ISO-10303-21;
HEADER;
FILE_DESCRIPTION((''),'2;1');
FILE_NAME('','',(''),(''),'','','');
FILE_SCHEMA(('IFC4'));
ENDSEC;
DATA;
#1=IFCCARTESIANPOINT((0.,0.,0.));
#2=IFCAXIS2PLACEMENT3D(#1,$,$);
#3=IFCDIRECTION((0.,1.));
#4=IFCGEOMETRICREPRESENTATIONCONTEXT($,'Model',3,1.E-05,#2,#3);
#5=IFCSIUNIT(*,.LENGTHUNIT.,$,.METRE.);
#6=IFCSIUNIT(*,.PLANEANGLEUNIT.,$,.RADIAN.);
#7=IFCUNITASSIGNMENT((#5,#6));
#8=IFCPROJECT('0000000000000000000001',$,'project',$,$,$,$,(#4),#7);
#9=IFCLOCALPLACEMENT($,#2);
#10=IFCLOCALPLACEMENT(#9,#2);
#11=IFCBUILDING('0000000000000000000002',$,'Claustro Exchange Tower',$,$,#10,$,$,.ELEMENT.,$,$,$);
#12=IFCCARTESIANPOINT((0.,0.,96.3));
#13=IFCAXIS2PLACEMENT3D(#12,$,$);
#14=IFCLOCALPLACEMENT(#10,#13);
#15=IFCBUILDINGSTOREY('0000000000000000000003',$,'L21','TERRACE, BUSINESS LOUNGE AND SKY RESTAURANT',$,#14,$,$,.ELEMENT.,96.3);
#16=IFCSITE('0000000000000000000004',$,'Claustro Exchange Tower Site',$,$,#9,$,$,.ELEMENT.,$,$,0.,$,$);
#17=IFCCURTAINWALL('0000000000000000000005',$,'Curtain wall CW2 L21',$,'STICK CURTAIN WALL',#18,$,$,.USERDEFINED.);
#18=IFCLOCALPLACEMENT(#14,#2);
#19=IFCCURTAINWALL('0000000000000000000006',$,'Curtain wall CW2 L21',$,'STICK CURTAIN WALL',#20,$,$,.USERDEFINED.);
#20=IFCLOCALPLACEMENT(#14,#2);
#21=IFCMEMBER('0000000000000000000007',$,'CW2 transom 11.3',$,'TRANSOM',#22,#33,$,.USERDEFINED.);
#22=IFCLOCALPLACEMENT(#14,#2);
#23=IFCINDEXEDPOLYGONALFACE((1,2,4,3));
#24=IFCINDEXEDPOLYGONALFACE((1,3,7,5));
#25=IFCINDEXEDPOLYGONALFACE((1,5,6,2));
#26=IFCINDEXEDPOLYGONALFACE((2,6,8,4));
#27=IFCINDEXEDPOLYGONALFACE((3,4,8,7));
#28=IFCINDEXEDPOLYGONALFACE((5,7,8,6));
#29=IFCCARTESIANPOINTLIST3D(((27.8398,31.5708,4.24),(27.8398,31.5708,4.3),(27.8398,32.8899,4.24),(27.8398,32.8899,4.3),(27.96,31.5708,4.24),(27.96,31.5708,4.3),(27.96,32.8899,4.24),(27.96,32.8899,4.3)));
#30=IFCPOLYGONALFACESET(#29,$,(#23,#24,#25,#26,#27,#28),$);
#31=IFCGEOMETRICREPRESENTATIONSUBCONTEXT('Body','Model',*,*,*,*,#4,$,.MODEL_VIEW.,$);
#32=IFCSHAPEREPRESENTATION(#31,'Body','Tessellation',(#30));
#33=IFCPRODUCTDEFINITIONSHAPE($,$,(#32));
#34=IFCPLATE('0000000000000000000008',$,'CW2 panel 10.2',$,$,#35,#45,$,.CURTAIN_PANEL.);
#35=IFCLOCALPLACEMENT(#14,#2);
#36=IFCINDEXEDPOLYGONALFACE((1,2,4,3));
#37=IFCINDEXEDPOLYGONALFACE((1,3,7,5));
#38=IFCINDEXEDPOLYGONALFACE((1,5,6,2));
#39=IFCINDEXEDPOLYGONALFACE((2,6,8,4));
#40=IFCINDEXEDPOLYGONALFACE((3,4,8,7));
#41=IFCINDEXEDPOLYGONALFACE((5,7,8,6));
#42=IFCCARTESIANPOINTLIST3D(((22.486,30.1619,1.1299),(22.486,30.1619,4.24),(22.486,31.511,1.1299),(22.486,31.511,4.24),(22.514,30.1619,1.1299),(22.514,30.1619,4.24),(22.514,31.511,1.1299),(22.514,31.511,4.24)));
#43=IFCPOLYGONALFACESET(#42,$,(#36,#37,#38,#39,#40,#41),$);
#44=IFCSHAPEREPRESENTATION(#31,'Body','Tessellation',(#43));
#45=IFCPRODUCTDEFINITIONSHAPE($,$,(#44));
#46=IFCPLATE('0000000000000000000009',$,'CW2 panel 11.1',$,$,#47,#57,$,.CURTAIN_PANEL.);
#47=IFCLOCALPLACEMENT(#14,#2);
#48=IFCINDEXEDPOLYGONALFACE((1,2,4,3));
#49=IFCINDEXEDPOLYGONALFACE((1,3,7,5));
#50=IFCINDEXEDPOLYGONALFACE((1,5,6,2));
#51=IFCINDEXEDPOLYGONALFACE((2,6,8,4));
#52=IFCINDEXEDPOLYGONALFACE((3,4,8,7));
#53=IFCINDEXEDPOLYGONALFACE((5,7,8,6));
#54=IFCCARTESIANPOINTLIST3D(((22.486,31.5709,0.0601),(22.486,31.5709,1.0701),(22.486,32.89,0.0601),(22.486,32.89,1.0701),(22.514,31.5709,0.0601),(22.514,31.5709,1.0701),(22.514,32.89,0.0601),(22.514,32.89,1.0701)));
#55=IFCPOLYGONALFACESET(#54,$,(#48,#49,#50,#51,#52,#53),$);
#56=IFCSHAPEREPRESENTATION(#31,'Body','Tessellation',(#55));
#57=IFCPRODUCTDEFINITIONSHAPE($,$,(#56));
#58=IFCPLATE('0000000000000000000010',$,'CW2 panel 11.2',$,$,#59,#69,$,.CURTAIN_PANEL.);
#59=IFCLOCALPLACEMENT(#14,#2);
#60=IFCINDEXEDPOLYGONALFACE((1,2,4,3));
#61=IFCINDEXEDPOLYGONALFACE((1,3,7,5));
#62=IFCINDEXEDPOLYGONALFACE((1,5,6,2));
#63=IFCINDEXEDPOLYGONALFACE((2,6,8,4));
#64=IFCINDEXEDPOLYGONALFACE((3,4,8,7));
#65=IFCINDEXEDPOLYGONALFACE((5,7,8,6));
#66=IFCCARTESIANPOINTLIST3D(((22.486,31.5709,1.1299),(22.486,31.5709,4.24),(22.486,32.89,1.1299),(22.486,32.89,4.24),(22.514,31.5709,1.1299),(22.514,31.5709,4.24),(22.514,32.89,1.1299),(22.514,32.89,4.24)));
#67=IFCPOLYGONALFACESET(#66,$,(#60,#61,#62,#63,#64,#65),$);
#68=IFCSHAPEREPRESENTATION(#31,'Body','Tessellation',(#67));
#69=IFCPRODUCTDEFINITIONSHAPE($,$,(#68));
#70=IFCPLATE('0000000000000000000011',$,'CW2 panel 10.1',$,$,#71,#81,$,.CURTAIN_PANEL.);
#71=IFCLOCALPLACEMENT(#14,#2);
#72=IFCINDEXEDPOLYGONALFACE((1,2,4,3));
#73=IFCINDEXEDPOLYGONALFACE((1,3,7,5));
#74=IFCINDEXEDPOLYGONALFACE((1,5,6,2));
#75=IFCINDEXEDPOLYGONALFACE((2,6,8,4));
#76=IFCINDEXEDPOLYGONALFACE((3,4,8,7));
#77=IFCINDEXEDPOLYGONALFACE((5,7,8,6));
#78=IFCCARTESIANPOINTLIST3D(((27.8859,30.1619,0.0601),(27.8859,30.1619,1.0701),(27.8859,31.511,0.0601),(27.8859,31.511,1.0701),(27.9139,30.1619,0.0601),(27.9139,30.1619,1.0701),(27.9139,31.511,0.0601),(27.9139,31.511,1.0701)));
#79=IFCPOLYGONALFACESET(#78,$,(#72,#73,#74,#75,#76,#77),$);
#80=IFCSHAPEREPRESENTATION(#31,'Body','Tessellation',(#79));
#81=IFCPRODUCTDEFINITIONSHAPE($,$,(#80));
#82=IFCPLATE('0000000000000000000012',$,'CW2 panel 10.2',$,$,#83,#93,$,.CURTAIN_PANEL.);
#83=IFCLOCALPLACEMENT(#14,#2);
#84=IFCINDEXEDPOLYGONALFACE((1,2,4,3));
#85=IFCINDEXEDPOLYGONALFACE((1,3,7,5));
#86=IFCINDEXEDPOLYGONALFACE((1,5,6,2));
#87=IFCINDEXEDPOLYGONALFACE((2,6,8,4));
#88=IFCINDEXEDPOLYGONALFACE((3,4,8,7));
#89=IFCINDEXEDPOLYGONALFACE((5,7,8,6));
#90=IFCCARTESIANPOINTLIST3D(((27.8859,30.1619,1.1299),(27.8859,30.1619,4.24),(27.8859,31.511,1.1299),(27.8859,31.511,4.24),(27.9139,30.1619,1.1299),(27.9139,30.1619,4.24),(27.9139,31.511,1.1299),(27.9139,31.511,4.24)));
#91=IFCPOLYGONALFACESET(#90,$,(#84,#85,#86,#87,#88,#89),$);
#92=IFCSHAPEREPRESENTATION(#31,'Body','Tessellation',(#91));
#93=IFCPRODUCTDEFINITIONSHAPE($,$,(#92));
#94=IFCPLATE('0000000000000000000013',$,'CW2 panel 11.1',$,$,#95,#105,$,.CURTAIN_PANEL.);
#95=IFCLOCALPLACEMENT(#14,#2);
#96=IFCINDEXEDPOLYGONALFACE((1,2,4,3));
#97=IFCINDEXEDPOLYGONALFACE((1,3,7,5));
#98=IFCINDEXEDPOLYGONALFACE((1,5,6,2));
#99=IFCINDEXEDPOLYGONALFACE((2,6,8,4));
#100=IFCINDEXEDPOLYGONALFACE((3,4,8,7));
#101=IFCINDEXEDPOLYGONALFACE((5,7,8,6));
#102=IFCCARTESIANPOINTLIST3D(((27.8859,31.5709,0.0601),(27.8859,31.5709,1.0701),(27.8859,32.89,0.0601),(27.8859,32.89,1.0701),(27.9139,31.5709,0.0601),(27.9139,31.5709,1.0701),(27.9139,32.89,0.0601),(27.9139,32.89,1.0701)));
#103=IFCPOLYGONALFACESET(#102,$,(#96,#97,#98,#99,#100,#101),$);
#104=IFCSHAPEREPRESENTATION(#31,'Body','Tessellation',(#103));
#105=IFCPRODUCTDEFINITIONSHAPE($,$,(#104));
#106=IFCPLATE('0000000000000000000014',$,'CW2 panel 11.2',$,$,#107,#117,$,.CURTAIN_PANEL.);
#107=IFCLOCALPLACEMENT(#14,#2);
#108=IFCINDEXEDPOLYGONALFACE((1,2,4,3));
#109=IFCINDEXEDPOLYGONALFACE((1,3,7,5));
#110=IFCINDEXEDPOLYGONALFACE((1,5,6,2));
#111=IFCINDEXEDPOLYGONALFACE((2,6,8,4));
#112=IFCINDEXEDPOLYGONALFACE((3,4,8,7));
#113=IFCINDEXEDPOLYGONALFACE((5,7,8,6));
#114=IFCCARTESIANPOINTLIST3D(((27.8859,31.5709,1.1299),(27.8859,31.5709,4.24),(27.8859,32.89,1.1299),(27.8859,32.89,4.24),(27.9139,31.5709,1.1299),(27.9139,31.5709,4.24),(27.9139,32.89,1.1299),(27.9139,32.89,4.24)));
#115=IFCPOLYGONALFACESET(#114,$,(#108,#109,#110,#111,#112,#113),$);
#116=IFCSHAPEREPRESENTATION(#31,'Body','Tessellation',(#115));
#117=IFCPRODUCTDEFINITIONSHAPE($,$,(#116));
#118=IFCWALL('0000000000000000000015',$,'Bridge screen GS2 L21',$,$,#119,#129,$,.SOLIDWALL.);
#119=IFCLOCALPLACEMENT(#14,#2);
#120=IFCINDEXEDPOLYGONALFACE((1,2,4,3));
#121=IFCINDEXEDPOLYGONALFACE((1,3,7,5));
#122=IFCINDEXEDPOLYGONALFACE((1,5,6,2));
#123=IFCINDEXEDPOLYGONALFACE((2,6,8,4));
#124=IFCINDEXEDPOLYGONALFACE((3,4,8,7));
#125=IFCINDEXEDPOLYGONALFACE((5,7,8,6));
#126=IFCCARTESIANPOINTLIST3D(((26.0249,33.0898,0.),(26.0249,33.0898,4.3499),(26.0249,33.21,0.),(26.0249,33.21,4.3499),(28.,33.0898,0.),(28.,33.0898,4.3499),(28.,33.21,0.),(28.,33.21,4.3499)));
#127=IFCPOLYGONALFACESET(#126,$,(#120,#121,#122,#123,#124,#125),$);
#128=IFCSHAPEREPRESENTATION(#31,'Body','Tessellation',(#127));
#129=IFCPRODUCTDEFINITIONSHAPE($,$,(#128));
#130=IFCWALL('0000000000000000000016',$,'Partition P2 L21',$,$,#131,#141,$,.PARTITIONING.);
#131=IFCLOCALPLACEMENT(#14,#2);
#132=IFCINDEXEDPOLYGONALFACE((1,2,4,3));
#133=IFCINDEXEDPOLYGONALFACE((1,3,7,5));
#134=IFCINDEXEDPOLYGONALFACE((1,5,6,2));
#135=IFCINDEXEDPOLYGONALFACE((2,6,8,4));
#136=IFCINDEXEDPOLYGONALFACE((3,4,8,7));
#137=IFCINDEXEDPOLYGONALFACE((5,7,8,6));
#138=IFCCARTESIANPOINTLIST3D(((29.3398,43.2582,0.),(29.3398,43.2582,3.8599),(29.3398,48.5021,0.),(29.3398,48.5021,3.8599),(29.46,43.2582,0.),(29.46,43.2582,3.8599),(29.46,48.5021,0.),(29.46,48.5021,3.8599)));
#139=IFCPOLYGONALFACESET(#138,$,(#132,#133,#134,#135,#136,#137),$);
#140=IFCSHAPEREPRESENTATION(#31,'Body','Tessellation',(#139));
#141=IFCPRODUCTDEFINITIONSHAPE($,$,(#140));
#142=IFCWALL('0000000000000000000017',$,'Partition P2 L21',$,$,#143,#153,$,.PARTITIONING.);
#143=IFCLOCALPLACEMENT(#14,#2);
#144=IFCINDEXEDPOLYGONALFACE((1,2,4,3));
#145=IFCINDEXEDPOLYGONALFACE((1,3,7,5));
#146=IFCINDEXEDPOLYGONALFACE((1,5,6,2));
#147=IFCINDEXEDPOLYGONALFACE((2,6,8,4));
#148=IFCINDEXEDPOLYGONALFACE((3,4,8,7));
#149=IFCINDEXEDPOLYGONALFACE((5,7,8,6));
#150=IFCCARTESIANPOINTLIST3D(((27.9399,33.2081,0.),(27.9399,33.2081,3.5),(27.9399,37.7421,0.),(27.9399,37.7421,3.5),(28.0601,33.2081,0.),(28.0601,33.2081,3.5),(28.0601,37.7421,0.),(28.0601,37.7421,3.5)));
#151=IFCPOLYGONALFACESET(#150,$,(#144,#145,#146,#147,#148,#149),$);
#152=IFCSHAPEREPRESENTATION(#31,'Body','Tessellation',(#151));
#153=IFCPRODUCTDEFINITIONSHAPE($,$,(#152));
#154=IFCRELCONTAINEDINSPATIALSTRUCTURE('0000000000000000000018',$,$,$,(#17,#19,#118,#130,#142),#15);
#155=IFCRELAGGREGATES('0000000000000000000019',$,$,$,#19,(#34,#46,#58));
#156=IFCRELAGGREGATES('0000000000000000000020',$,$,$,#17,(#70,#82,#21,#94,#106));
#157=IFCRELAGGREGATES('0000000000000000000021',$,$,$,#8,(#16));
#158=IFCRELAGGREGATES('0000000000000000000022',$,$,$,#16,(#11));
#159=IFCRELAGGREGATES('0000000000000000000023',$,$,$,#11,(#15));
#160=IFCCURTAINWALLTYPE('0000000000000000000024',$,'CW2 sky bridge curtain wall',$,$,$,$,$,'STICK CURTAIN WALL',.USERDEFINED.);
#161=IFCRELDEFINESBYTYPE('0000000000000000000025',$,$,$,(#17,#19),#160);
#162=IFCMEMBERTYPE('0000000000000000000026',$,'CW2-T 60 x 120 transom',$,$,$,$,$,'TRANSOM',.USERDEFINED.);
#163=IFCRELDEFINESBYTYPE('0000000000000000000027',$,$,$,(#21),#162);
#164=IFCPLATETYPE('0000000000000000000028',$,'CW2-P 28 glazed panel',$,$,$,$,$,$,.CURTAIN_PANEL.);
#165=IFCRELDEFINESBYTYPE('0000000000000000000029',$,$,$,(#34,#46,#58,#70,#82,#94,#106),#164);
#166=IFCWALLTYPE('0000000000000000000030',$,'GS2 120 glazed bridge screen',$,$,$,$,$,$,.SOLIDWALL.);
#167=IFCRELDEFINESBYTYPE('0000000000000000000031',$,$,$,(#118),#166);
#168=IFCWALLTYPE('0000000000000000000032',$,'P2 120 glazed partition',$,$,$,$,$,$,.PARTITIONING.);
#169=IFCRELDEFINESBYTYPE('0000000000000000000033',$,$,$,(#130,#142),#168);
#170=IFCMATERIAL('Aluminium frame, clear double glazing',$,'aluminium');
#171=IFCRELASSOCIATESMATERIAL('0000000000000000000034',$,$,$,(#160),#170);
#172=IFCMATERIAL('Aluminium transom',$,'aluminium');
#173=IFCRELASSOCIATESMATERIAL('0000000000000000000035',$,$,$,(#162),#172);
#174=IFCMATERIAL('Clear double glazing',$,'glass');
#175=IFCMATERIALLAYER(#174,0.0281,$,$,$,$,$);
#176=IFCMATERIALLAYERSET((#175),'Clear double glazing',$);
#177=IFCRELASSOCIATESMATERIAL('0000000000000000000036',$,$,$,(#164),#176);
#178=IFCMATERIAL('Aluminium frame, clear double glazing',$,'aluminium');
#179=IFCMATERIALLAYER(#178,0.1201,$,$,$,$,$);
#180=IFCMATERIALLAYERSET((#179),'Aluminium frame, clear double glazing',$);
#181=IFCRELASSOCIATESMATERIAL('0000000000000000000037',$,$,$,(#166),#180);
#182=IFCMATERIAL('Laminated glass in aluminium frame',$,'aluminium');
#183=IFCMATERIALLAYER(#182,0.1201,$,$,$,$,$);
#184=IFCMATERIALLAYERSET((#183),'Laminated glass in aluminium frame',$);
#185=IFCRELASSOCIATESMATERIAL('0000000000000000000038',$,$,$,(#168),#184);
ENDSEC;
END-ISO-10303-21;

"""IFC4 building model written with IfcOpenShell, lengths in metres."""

from ifc_helpers import new_model, si_unit, direction, frame, frame_2d, origin, origin_2d, place, context, subcontext, project, spatial, rectangle, extrude, material, layer, layer_set, material_profile, profile_set, type_object, element, aggregate, save


model = new_model("IFC4")

# Units and contexts
model_context = context("Model", 3, precision=1e-05, world=origin(), true_north=direction((0.0, 1.0)))
body_context = subcontext(model_context, "Body", "Model", "MODEL_VIEW")
ifc_project = project(units=[si_unit("LENGTHUNIT", "METRE"), si_unit("PLANEANGLEUNIT", "RADIAN")], contexts=[model_context])

# Site, building, storey
site_placement = place(None, origin())
site = spatial("IfcSite", under=ifc_project, at=site_placement, Name="Claustro Exchange Tower Site", CompositionType="ELEMENT", RefElevation=0.0)
building_placement = place(site_placement, origin())
building = spatial("IfcBuilding", under=site, at=building_placement, Name="Claustro Exchange Tower", CompositionType="ELEMENT")
storey_placement = place(building_placement, frame((0.0, 0.0, 96.3)))
storey = spatial("IfcBuildingStorey", under=building, at=storey_placement, Name="L21", Description="TERRACE, BUSINESS LOUNGE AND SKY RESTAURANT", CompositionType="ELEMENT", Elevation=96.3)

# Curtain walls
ifc_material_1 = material(Name="Aluminium frame, clear double glazing", Category="aluminium")
curtain_wall_type = type_object("IfcCurtainWallType", Name="CW2 sky bridge curtain wall", ElementType="STICK CURTAIN WALL", PredefinedType="USERDEFINED", material=ifc_material_1)
curtain_wall_1_placement = place(storey_placement, origin())
curtain_wall_1 = element("IfcCurtainWall", 1, at=curtain_wall_1_placement, inside=storey, type_object=curtain_wall_type, Name="Curtain wall CW2 L21", ObjectType="STICK CURTAIN WALL", PredefinedType="USERDEFINED")
curtain_wall_2_placement = place(storey_placement, origin())
curtain_wall_2 = element("IfcCurtainWall", 2, at=curtain_wall_2_placement, inside=storey, type_object=curtain_wall_type, Name="Curtain wall CW2 L21", ObjectType="STICK CURTAIN WALL", PredefinedType="USERDEFINED")
ifc_material_2 = material(Name="Aluminium transom", Category="aluminium")
ifc_material_profile_1 = material_profile(ifc_material_2, rectangle(XDim=0.1201, YDim=0.0601, at=origin_2d()), Name="CW2-T 60x120")
ifc_profile_set_1 = profile_set([ifc_material_profile_1], Name="Aluminium transom")
member_type_1 = type_object("IfcMemberType", Name="CW2-T 60 x 120 transom", ElementType="TRANSOM", PredefinedType="USERDEFINED", material=ifc_profile_set_1)

# Member
member_1_placement = place(storey_placement, frame((27.8999, 31.5708, 4.27), z_axis=(0.0, 1.0, 0.0), x_axis=(-1.0, 0.0, 0.0)))
member_1 = element("IfcMember", 3, at=member_1_placement, type_object=member_type_1, Name="CW2 transom 11.3", ObjectType="TRANSOM", PredefinedType="USERDEFINED", context=body_context, shape_type="SweptSolid", body=[
    extrude(rectangle(XDim=0.1201, YDim=0.0601, at=origin_2d()), origin(), (0.0, 0.0, 1.0), 1.3191),
])

# Plates
ifc_material_3 = material(Name="Clear double glazing", Category="glass")
ifc_layer_1 = layer(ifc_material_3, 0.0281)
ifc_layer_set_1 = layer_set([ifc_layer_1], Name="Clear double glazing")
plate_type = type_object("IfcPlateType", Name="CW2-P 28 glazed panel", PredefinedType="CURTAIN_PANEL", material=ifc_layer_set_1)
plate_1_placement = place(storey_placement, frame((22.5, 30.8364, 1.1299), z_axis=(0.0, 0.0, 1.0), x_axis=(0.0, 1.0, 0.0)))
plate_1 = element("IfcPlate", 4, at=plate_1_placement, type_object=plate_type, Name="CW2 panel 10.2", PredefinedType="CURTAIN_PANEL", context=body_context, shape_type="SweptSolid", body=[
    extrude(rectangle(XDim=1.3491, YDim=0.0281, at=origin_2d()), origin(), (0.0, 0.0, 1.0), 3.1101),
])
plate_2_placement = place(storey_placement, frame((22.5, 32.2305, 0.0601), z_axis=(0.0, 0.0, 1.0), x_axis=(0.0, 1.0, 0.0)))
plate_2 = element("IfcPlate", 5, at=plate_2_placement, type_object=plate_type, Name="CW2 panel 11.1", PredefinedType="CURTAIN_PANEL", context=body_context, shape_type="SweptSolid", body=[
    extrude(rectangle(XDim=1.3191, YDim=0.0281, at=origin_2d()), origin(), (0.0, 0.0, 1.0), 1.01),
])
plate_3_placement = place(storey_placement, frame((22.5, 32.2305, 1.1299), z_axis=(0.0, 0.0, 1.0), x_axis=(0.0, 1.0, 0.0)))
plate_3 = element("IfcPlate", 6, at=plate_3_placement, type_object=plate_type, Name="CW2 panel 11.2", PredefinedType="CURTAIN_PANEL", context=body_context, shape_type="SweptSolid", body=[
    extrude(rectangle(XDim=1.3191, YDim=0.0281, at=origin_2d()), origin(), (0.0, 0.0, 1.0), 3.1101),
])
aggregate(curtain_wall_2, [plate_1, plate_2, plate_3])
plate_4_placement = place(storey_placement, frame((27.8999, 30.8364, 0.0601), z_axis=(0.0, 0.0, 1.0), x_axis=(0.0, 1.0, 0.0)))
plate_4 = element("IfcPlate", 7, at=plate_4_placement, type_object=plate_type, Name="CW2 panel 10.1", PredefinedType="CURTAIN_PANEL", context=body_context, shape_type="SweptSolid", body=[
    extrude(rectangle(XDim=1.3491, YDim=0.0281, at=origin_2d()), origin(), (0.0, 0.0, 1.0), 1.01),
])
plate_5_placement = place(storey_placement, frame((27.8999, 30.8364, 1.1299), z_axis=(0.0, 0.0, 1.0), x_axis=(0.0, 1.0, 0.0)))
plate_5 = element("IfcPlate", 8, at=plate_5_placement, type_object=plate_type, Name="CW2 panel 10.2", PredefinedType="CURTAIN_PANEL", context=body_context, shape_type="SweptSolid", body=[
    extrude(rectangle(XDim=1.3491, YDim=0.0281, at=origin_2d()), origin(), (0.0, 0.0, 1.0), 3.1101),
])
plate_6_placement = place(storey_placement, frame((27.8999, 32.2305, 0.0601), z_axis=(0.0, 0.0, 1.0), x_axis=(0.0, 1.0, 0.0)))
plate_6 = element("IfcPlate", 9, at=plate_6_placement, type_object=plate_type, Name="CW2 panel 11.1", PredefinedType="CURTAIN_PANEL", context=body_context, shape_type="SweptSolid", body=[
    extrude(rectangle(XDim=1.3191, YDim=0.0281, at=origin_2d()), origin(), (0.0, 0.0, 1.0), 1.01),
])
plate_7_placement = place(storey_placement, frame((27.8999, 32.2305, 1.1299), z_axis=(0.0, 0.0, 1.0), x_axis=(0.0, 1.0, 0.0)))
plate_7 = element("IfcPlate", 10, at=plate_7_placement, type_object=plate_type, Name="CW2 panel 11.2", PredefinedType="CURTAIN_PANEL", context=body_context, shape_type="SweptSolid", body=[
    extrude(rectangle(XDim=1.3191, YDim=0.0281, at=origin_2d()), origin(), (0.0, 0.0, 1.0), 3.1101),
])
aggregate(curtain_wall_1, [plate_4, plate_5, member_1, plate_6, plate_7])

# Walls
ifc_material_4 = material(Name="Aluminium frame, clear double glazing", Category="aluminium")
ifc_layer_2 = layer(ifc_material_4, 0.1201)
ifc_layer_set_2 = layer_set([ifc_layer_2], Name="Aluminium frame, clear double glazing")
wall_type_1 = type_object("IfcWallType", Name="GS2 120 glazed bridge screen", PredefinedType="SOLIDWALL", material=ifc_layer_set_2)
wall_1_placement = place(storey_placement, frame((26.0249, 33.1499, 0.0), z_axis=(0.0, 0.0, 1.0), x_axis=(1.0, 0.0, 0.0)))
element("IfcWall", 11, at=wall_1_placement, inside=storey, type_object=wall_type_1, Name="Bridge screen GS2 L21", PredefinedType="SOLIDWALL", context=body_context, shape_type="SweptSolid", body=[
    extrude(rectangle(XDim=1.9751, YDim=0.1201, at=frame_2d((0.9875, 0.0))), origin(), (0.0, 0.0, 1.0), 4.3499),
])
ifc_material_5 = material(Name="Laminated glass in aluminium frame", Category="aluminium")
ifc_layer_3 = layer(ifc_material_5, 0.1201)
ifc_layer_set_3 = layer_set([ifc_layer_3], Name="Laminated glass in aluminium frame")
wall_type_2 = type_object("IfcWallType", Name="P2 120 glazed partition", PredefinedType="PARTITIONING", material=ifc_layer_set_3)
wall_2_placement = place(storey_placement, frame((29.3999, 43.2581, 0.0), z_axis=(0.0, 0.0, 1.0), x_axis=(0.0, 1.0, 0.0)))
element("IfcWall", 12, at=wall_2_placement, inside=storey, type_object=wall_type_2, Name="Partition P2 L21", PredefinedType="PARTITIONING", context=body_context, shape_type="SweptSolid", body=[
    extrude(rectangle(XDim=5.2439, YDim=0.1201, at=frame_2d((2.6221, 0.0))), origin(), (0.0, 0.0, 1.0), 3.8599),
])
wall_3_placement = place(storey_placement, frame((28.0, 33.208, 0.0), z_axis=(0.0, 0.0, 1.0), x_axis=(0.0, 1.0, 0.0)))
element("IfcWall", 13, at=wall_3_placement, inside=storey, type_object=wall_type_2, Name="Partition P2 L21", PredefinedType="PARTITIONING", context=body_context, shape_type="SweptSolid", body=[
    extrude(rectangle(XDim=4.5339, YDim=0.1201, at=frame_2d((2.2671, 0.0))), origin(), (0.0, 0.0, 1.0), 3.5),
])

save(model, "model.ifc")
